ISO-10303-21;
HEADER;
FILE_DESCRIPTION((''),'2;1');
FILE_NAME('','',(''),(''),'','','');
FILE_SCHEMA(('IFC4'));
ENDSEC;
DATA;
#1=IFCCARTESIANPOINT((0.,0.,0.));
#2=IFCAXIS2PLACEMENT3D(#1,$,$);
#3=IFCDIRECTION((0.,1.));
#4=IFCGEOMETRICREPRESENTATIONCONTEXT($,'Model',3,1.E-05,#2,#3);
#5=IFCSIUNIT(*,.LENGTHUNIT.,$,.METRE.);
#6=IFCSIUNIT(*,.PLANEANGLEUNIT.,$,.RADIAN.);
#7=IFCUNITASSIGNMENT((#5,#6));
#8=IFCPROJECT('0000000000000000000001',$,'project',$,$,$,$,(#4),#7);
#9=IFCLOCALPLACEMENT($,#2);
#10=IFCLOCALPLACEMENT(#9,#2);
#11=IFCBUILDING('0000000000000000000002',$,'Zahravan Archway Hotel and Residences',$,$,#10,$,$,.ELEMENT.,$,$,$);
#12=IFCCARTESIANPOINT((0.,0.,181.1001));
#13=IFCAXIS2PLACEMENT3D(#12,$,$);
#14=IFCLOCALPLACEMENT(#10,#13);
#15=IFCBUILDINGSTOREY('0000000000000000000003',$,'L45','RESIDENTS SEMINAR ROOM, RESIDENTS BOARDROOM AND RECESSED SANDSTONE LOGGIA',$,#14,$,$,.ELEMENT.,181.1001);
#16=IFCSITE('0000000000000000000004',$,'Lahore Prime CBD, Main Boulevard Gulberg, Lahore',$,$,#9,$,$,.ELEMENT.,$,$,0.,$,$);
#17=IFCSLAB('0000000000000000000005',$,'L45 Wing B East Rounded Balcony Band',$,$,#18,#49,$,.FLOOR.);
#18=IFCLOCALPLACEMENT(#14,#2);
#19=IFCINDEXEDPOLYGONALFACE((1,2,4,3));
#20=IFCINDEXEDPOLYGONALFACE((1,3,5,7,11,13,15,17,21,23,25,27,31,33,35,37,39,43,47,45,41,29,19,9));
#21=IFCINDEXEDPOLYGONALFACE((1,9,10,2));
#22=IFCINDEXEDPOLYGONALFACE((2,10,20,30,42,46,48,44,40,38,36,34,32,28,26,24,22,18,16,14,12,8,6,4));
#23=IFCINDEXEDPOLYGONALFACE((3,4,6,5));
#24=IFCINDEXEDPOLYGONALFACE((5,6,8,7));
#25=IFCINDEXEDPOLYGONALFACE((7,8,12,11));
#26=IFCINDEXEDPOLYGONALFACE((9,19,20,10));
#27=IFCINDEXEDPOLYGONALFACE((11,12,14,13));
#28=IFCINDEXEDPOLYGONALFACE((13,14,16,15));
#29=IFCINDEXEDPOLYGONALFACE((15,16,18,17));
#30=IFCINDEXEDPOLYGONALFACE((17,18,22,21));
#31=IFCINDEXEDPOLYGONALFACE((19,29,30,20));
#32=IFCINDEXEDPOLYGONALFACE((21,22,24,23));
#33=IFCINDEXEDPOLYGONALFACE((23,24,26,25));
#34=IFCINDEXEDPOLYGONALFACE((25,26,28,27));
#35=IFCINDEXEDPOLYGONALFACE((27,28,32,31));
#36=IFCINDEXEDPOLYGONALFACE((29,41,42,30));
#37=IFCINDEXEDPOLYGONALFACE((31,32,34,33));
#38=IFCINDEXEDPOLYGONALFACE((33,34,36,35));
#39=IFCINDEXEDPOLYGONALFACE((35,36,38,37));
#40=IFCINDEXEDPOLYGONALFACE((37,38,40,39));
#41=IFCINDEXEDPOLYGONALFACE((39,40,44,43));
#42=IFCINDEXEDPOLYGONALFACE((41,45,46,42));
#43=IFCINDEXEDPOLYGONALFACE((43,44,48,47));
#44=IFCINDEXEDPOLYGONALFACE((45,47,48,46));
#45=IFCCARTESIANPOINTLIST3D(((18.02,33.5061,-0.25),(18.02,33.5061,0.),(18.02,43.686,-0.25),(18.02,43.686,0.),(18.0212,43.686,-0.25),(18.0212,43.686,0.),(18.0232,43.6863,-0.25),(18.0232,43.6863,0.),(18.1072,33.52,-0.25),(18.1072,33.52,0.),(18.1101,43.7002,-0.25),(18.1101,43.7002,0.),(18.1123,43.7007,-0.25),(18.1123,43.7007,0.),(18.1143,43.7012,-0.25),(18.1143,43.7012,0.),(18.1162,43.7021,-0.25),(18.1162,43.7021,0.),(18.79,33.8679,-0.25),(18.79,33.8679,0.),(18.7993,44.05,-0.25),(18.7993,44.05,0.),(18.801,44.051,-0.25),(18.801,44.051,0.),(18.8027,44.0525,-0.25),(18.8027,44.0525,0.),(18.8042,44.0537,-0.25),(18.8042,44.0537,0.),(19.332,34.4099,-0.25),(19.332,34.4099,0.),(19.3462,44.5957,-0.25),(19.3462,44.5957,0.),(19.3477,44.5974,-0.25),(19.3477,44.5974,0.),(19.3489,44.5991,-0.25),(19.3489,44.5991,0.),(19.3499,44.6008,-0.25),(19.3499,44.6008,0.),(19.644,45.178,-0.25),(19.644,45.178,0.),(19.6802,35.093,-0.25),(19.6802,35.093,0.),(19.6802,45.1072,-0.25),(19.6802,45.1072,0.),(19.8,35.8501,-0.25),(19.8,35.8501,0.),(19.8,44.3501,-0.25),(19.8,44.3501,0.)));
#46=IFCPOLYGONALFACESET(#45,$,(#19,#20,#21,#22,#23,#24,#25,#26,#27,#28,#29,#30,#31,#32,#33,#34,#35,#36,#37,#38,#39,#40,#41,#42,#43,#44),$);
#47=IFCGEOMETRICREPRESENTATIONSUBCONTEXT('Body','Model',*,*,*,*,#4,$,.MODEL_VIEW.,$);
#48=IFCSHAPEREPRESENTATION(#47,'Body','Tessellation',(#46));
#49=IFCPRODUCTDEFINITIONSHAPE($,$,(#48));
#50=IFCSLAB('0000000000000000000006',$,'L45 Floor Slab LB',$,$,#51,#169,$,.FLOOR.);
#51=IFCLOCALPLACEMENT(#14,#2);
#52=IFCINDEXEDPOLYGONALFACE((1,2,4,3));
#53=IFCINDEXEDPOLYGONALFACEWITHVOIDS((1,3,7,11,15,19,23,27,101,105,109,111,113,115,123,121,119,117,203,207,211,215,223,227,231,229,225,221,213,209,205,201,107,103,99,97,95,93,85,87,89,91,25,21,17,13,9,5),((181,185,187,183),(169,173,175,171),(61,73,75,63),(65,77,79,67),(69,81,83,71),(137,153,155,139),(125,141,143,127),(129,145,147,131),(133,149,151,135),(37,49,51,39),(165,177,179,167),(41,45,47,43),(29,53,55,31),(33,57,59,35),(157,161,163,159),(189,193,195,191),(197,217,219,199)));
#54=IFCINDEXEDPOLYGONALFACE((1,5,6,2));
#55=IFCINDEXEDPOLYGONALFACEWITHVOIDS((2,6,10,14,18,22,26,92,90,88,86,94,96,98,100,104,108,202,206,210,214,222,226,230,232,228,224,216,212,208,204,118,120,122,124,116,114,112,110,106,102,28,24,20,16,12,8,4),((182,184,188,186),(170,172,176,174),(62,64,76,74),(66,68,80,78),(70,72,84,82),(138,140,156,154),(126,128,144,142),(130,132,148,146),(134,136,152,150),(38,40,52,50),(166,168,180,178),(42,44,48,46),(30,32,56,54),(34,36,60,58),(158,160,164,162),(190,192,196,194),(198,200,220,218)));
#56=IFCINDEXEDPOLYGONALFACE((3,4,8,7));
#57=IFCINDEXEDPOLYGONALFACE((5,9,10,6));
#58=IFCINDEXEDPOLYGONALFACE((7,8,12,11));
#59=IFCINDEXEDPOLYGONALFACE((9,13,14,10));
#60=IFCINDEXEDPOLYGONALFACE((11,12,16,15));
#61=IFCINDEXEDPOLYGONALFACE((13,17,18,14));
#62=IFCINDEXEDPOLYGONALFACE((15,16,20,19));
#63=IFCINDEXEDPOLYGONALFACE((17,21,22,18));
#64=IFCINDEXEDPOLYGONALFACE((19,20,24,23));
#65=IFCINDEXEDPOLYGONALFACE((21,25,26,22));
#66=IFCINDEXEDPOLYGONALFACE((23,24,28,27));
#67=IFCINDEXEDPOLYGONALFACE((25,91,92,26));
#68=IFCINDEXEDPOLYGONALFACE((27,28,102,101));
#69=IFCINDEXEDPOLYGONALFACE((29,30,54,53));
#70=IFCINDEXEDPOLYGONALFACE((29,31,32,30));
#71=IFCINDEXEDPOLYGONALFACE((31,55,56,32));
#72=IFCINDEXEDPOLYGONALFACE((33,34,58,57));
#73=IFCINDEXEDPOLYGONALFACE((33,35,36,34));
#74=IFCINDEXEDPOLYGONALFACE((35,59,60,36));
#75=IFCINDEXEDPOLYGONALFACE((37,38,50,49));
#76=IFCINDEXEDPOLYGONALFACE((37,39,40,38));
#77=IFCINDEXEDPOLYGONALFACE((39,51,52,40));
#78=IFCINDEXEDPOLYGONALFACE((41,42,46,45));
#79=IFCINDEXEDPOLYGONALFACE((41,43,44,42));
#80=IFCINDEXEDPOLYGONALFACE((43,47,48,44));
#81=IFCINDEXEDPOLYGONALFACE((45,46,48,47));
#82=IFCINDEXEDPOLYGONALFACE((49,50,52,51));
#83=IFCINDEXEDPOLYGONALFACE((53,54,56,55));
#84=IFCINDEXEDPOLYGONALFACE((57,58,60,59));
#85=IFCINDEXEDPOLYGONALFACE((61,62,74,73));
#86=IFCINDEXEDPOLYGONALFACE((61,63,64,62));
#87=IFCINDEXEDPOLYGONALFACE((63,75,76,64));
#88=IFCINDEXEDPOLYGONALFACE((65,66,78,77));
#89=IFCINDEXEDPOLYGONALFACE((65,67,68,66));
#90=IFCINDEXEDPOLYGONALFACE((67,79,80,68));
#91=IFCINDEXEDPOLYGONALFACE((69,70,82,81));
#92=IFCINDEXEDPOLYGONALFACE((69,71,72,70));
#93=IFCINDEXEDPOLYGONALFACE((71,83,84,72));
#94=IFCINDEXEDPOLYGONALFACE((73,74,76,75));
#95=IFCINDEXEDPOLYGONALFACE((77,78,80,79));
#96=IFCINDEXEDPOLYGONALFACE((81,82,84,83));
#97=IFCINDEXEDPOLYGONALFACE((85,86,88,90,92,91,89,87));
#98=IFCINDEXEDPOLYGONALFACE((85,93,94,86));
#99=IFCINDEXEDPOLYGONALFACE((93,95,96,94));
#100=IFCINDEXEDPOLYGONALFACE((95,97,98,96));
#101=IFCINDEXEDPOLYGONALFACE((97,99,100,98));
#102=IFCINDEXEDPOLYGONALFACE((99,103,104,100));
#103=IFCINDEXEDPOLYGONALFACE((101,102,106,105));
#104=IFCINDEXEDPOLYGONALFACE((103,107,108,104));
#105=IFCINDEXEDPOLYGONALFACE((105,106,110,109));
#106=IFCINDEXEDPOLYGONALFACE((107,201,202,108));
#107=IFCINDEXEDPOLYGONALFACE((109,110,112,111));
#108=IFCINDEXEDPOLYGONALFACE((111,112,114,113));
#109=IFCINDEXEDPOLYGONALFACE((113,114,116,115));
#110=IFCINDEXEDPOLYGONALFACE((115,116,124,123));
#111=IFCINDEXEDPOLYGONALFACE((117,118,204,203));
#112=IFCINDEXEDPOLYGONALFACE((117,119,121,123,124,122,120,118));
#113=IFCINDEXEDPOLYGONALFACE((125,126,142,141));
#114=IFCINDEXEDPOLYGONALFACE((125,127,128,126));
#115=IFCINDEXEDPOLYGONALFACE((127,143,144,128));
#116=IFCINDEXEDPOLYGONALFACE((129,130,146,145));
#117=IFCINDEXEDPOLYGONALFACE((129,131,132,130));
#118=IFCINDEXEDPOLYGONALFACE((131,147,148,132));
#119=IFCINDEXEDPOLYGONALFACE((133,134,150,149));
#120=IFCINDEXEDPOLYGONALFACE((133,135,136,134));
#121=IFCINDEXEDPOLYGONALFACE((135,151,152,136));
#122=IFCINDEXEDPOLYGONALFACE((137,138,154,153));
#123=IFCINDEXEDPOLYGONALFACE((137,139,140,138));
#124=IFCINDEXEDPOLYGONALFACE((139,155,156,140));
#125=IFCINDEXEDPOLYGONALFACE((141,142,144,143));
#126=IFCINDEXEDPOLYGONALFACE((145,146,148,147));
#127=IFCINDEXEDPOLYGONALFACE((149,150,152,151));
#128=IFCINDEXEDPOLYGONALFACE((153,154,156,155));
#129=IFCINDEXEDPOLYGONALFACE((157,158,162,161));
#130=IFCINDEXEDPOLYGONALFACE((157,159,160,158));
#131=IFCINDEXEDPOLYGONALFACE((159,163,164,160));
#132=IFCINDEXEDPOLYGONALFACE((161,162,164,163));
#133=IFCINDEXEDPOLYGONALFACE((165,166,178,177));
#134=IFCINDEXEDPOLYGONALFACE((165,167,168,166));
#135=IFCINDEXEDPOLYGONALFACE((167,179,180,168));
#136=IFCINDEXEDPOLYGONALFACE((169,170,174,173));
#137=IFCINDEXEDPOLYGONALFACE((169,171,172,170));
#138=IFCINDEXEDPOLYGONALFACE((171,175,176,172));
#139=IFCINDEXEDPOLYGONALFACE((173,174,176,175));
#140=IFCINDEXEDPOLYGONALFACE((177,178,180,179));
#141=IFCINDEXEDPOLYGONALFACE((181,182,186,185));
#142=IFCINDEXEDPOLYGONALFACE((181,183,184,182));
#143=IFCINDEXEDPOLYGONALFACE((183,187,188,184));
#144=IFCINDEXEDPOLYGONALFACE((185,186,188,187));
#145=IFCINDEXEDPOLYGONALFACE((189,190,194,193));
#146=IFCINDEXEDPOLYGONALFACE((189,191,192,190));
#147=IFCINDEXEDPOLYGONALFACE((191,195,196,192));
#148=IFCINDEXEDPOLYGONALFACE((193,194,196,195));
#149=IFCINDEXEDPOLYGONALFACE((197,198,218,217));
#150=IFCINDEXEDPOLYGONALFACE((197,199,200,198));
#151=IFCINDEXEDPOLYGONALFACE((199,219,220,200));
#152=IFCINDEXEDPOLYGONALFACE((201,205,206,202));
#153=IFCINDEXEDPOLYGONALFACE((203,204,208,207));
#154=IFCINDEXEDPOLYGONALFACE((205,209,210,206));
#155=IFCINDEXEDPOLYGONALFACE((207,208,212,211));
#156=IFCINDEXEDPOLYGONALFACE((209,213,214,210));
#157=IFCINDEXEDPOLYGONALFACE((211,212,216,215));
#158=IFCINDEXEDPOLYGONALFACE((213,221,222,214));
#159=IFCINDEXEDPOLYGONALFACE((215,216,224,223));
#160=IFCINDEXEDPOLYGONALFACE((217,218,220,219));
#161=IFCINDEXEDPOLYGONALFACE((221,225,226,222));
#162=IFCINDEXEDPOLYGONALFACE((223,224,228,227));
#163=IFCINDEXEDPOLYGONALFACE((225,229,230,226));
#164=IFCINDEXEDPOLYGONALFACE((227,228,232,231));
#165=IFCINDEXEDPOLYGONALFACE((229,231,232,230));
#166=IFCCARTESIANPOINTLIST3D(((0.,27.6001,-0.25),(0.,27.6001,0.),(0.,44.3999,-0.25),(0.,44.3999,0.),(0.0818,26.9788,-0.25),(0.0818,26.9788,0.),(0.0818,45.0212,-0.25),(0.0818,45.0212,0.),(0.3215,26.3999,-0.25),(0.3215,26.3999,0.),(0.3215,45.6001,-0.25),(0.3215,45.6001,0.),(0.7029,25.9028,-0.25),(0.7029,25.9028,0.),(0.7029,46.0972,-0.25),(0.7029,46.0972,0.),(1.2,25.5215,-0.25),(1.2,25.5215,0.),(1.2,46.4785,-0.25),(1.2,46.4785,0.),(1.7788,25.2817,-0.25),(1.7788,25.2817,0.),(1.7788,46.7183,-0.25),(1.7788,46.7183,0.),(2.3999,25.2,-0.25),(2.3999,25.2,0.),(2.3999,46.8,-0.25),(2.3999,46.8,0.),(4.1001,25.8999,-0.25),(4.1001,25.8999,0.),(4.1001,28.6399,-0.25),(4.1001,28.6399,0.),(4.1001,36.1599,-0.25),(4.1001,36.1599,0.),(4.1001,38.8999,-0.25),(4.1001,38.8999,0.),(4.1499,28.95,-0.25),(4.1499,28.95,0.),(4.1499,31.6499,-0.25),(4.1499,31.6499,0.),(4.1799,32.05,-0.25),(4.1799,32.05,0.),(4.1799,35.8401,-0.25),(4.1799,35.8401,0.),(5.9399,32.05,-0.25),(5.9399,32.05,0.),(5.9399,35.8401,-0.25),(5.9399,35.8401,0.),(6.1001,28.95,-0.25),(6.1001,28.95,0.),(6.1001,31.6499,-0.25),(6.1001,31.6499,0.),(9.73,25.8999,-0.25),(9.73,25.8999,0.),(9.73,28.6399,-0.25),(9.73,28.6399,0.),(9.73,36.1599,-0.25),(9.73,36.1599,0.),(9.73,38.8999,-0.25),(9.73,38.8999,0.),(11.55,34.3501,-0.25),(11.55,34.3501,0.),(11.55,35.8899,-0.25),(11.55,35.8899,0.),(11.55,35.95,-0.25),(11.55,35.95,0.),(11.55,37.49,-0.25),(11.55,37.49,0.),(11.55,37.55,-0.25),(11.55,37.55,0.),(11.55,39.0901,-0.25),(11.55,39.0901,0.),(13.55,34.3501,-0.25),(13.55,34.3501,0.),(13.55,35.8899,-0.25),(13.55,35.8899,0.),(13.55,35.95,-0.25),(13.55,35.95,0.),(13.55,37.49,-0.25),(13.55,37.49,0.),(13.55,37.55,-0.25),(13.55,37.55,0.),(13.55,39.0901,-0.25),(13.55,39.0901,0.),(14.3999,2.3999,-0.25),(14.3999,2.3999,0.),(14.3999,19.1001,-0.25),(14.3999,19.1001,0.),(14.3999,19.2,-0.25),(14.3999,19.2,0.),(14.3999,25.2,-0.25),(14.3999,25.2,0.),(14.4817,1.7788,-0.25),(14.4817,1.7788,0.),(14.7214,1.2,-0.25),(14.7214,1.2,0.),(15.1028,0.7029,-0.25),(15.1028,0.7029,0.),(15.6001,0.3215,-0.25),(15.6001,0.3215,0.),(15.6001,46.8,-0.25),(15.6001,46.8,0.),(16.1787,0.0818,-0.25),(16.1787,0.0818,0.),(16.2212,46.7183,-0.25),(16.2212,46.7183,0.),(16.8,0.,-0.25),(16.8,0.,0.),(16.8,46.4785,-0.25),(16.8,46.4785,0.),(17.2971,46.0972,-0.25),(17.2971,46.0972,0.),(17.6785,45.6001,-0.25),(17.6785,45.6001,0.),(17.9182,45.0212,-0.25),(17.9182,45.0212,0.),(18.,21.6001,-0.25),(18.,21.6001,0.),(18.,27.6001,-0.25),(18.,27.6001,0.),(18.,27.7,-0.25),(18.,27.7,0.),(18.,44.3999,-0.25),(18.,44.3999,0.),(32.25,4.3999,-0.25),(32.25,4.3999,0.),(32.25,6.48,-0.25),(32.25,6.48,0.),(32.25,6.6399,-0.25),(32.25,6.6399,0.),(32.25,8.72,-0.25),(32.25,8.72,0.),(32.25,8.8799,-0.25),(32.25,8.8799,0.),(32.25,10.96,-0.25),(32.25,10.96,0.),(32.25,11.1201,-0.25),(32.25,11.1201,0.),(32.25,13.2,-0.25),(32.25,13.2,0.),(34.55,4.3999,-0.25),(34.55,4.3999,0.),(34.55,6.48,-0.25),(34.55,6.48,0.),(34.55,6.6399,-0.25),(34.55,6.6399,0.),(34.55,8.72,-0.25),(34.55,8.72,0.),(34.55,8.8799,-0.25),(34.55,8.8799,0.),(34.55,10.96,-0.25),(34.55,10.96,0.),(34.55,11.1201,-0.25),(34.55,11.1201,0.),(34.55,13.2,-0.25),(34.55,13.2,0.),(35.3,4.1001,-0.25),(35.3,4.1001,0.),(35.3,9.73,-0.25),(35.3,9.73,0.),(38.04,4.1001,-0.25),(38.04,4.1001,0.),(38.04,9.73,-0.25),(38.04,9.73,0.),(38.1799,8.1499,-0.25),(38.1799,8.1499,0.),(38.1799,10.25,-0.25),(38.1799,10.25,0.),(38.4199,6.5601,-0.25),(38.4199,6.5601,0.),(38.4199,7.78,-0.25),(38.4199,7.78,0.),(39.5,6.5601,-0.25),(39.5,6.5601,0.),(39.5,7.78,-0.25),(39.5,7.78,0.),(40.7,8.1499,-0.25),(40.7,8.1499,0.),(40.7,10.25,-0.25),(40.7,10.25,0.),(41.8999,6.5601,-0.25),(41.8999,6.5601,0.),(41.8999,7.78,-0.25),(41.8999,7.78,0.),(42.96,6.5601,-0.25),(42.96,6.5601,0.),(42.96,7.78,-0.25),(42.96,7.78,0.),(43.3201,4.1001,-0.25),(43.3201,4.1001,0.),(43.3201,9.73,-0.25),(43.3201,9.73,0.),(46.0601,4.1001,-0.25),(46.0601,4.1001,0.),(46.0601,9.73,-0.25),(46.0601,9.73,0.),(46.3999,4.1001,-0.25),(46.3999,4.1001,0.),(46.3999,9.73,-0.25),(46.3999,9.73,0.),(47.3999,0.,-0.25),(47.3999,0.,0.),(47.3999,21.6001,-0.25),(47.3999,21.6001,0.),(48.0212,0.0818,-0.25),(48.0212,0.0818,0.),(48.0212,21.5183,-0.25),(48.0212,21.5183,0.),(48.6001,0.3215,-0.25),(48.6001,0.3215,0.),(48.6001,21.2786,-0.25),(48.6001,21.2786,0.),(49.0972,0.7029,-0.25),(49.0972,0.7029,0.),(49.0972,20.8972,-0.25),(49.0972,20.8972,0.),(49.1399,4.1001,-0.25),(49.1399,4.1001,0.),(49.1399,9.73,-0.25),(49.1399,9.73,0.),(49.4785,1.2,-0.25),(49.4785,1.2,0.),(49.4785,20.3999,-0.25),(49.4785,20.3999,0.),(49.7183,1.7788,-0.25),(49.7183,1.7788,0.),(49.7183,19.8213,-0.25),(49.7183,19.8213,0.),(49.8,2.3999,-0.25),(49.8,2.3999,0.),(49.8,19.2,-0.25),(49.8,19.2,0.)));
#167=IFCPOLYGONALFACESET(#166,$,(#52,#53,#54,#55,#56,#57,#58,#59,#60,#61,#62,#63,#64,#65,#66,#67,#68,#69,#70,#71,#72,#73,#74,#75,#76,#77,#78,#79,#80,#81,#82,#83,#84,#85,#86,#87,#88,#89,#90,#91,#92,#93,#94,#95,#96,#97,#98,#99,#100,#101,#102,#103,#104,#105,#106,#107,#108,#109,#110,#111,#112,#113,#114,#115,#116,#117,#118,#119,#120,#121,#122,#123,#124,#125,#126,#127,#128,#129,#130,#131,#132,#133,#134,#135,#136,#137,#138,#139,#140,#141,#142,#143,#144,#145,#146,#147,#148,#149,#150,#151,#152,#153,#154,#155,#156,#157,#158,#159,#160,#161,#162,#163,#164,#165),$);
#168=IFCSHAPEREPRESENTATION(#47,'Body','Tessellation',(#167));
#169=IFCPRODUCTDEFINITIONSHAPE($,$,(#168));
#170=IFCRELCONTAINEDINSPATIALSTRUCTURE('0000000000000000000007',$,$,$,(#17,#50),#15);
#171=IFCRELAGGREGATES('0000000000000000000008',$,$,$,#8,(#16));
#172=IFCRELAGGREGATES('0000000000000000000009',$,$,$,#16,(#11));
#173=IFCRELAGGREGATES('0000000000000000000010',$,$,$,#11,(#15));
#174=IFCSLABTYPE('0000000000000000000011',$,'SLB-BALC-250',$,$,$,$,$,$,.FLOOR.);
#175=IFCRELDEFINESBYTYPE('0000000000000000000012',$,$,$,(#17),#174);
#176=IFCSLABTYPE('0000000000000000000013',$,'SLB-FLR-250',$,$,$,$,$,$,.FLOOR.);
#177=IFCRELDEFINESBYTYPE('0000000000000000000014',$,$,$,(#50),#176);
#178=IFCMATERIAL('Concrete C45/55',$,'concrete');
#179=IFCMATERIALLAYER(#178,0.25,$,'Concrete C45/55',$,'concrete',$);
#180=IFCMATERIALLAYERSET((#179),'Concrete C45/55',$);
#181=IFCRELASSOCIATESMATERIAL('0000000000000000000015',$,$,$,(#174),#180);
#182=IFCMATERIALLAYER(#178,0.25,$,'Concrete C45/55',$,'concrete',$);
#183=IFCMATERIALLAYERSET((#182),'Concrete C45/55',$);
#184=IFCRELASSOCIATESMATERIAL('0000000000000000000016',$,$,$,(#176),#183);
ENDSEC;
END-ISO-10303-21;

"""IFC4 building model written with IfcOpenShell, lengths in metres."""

from ifc_helpers import new_model, si_unit, direction, frame, origin, place, context, subcontext, project, spatial, polyline, outline, extrude, material, layer, layer_set, type_object, element, save


model = new_model("IFC4")

# Units and contexts
model_context = context("Model", 3, precision=1e-05, world=origin(), true_north=direction((0.0, 1.0)))
body_context = subcontext(model_context, "Body", "Model", "MODEL_VIEW")
ifc_project = project(units=[si_unit("LENGTHUNIT", "METRE"), si_unit("PLANEANGLEUNIT", "RADIAN")], contexts=[model_context])

# Site, building, storey
site_placement = place(None, origin())
site = spatial("IfcSite", under=ifc_project, at=site_placement, Name="Lahore Prime CBD, Main Boulevard Gulberg, Lahore", CompositionType="ELEMENT", RefElevation=0.0)
building_placement = place(site_placement, origin())
building = spatial("IfcBuilding", under=site, at=building_placement, Name="Zahravan Archway Hotel and Residences", CompositionType="ELEMENT")
storey_placement = place(building_placement, frame((0.0, 0.0, 181.1001)))
storey = spatial("IfcBuildingStorey", under=building, at=storey_placement, Name="L45", Description="RESIDENTS SEMINAR ROOM, RESIDENTS BOARDROOM AND RECESSED SANDSTONE LOGGIA", CompositionType="ELEMENT", Elevation=181.1001)

# Slabs
ifc_material_1 = material(Name="Concrete C45/55", Category="concrete")
ifc_layer_1 = layer(ifc_material_1, 0.25, Name="Concrete C45/55", Category="concrete")
ifc_layer_set_1 = layer_set([ifc_layer_1], Name="Concrete C45/55")
slab_type_1 = type_object("IfcSlabType", Name="SLB-BALC-250", PredefinedType="FLOOR", material=ifc_layer_set_1)
slab_1_placement = place(storey_placement, frame((0.0, 0.0, -0.25)))
element("IfcSlab", 1, at=slab_1_placement, inside=storey, type_object=slab_type_1, Name="L45 Wing B East Rounded Balcony Band", PredefinedType="FLOOR", context=body_context, shape_type="SweptSolid", body=[
    extrude(outline(polyline([(19.6802, 45.1072), (19.8, 44.3501), (19.8, 35.8501), (19.6802, 35.093), (19.332, 34.4099), (18.79, 33.8679), (18.1072, 33.52), (18.02, 33.5061), (18.02, 43.686), (18.0212, 43.686), (18.0232, 43.6863), (18.1101, 43.7002), (18.1123, 43.7007), (18.1143, 43.7012), (18.1162, 43.7021), (18.7993, 44.05), (18.801, 44.051), (18.8027, 44.0525), (18.8042, 44.0537), (19.3462, 44.5957), (19.3477, 44.5974), (19.3489, 44.5991), (19.3499, 44.6008), (19.644, 45.178), (19.6802, 45.1072)])), origin(), (0.0, 0.0, 1.0), 0.25),
])
ifc_layer_2 = layer(ifc_material_1, 0.25, Name="Concrete C45/55", Category="concrete")
ifc_layer_set_2 = layer_set([ifc_layer_2], Name="Concrete C45/55")
slab_type_2 = type_object("IfcSlabType", Name="SLB-FLR-250", PredefinedType="FLOOR", material=ifc_layer_set_2)
slab_2_placement = place(storey_placement, frame((0.0, 0.0, -0.25)))
element("IfcSlab", 2, at=slab_2_placement, inside=storey, type_object=slab_type_2, Name="L45 Floor Slab LB", PredefinedType="FLOOR", context=body_context, shape_type="SweptSolid", body=[
    extrude(outline(polyline([(18.0, 21.6001), (18.0, 27.6001), (18.0, 27.7), (18.0, 44.3999), (17.9182, 45.0212), (17.6785, 45.6001), (17.2971, 46.0972), (16.8, 46.4785), (16.2212, 46.7183), (15.6001, 46.8), (2.3999, 46.8), (1.7788, 46.7183), (1.2, 46.4785), (0.7029, 46.0972), (0.3215, 45.6001), (0.0818, 45.0212), (0.0, 44.3999), (0.0, 27.6001), (0.0818, 26.9788), (0.3215, 26.3999), (0.7029, 25.9028), (1.2, 25.5215), (1.7788, 25.2817), (2.3999, 25.2), (14.3999, 25.2), (14.3999, 19.2), (14.3999, 19.1001), (14.3999, 2.3999), (14.4817, 1.7788), (14.7214, 1.2), (15.1028, 0.7029), (15.6001, 0.3215), (16.1787, 0.0818), (16.8, 0.0), (47.3999, 0.0), (48.0212, 0.0818), (48.6001, 0.3215), (49.0972, 0.7029), (49.4785, 1.2), (49.7183, 1.7788), (49.8, 2.3999), (49.8, 19.2), (49.7183, 19.8213), (49.4785, 20.3999), (49.0972, 20.8972), (48.6001, 21.2786), (48.0212, 21.5183), (47.3999, 21.6001), (18.0, 21.6001)]), holes=[polyline([(35.3, 9.73), (35.3, 4.1001), (38.04, 4.1001), (38.04, 9.73), (35.3, 9.73)]), polyline([(43.3201, 9.73), (43.3201, 4.1001), (46.0601, 4.1001), (46.0601, 9.73), (43.3201, 9.73)]), polyline([(46.3999, 9.73), (46.3999, 4.1001), (49.1399, 4.1001), (49.1399, 9.73), (46.3999, 9.73)]), polyline([(9.73, 28.6399), (4.1001, 28.6399), (4.1001, 25.8999), (9.73, 25.8999), (9.73, 28.6399)]), polyline([(9.73, 38.8999), (4.1001, 38.8999), (4.1001, 36.1599), (9.73, 36.1599), (9.73, 38.8999)]), polyline([(38.1799, 8.1499), (40.7, 8.1499), (40.7, 10.25), (38.1799, 10.25), (38.1799, 8.1499)]), polyline([(4.1499, 28.95), (6.1001, 28.95), (6.1001, 31.6499), (4.1499, 31.6499), (4.1499, 28.95)]), polyline([(11.55, 34.3501), (13.55, 34.3501), (13.55, 35.8899), (11.55, 35.8899), (11.55, 34.3501)]), polyline([(11.55, 35.95), (13.55, 35.95), (13.55, 37.49), (11.55, 37.49), (11.55, 35.95)]), polyline([(11.55, 37.55), (13.55, 37.55), (13.55, 39.0901), (11.55, 39.0901), (11.55, 37.55)]), polyline([(32.25, 4.3999), (34.55, 4.3999), (34.55, 6.48), (32.25, 6.48), (32.25, 4.3999)]), polyline([(32.25, 6.6399), (34.55, 6.6399), (34.55, 8.72), (32.25, 8.72), (32.25, 6.6399)]), polyline([(32.25, 8.8799), (34.55, 8.8799), (34.55, 10.96), (32.25, 10.96), (32.25, 8.8799)]), polyline([(32.25, 11.1201), (34.55, 11.1201), (34.55, 13.2), (32.25, 13.2), (32.25, 11.1201)]), polyline([(38.4199, 6.5601), (39.5, 6.5601), (39.5, 7.78), (38.4199, 7.78), (38.4199, 6.5601)]), polyline([(41.8999, 6.5601), (42.96, 6.5601), (42.96, 7.78), (41.8999, 7.78), (41.8999, 6.5601)]), polyline([(4.1799, 32.05), (5.9399, 32.05), (5.9399, 35.8401), (4.1799, 35.8401), (4.1799, 32.05)])]), origin(), (0.0, 0.0, 1.0), 0.25),
])

save(model, "model.ifc")
